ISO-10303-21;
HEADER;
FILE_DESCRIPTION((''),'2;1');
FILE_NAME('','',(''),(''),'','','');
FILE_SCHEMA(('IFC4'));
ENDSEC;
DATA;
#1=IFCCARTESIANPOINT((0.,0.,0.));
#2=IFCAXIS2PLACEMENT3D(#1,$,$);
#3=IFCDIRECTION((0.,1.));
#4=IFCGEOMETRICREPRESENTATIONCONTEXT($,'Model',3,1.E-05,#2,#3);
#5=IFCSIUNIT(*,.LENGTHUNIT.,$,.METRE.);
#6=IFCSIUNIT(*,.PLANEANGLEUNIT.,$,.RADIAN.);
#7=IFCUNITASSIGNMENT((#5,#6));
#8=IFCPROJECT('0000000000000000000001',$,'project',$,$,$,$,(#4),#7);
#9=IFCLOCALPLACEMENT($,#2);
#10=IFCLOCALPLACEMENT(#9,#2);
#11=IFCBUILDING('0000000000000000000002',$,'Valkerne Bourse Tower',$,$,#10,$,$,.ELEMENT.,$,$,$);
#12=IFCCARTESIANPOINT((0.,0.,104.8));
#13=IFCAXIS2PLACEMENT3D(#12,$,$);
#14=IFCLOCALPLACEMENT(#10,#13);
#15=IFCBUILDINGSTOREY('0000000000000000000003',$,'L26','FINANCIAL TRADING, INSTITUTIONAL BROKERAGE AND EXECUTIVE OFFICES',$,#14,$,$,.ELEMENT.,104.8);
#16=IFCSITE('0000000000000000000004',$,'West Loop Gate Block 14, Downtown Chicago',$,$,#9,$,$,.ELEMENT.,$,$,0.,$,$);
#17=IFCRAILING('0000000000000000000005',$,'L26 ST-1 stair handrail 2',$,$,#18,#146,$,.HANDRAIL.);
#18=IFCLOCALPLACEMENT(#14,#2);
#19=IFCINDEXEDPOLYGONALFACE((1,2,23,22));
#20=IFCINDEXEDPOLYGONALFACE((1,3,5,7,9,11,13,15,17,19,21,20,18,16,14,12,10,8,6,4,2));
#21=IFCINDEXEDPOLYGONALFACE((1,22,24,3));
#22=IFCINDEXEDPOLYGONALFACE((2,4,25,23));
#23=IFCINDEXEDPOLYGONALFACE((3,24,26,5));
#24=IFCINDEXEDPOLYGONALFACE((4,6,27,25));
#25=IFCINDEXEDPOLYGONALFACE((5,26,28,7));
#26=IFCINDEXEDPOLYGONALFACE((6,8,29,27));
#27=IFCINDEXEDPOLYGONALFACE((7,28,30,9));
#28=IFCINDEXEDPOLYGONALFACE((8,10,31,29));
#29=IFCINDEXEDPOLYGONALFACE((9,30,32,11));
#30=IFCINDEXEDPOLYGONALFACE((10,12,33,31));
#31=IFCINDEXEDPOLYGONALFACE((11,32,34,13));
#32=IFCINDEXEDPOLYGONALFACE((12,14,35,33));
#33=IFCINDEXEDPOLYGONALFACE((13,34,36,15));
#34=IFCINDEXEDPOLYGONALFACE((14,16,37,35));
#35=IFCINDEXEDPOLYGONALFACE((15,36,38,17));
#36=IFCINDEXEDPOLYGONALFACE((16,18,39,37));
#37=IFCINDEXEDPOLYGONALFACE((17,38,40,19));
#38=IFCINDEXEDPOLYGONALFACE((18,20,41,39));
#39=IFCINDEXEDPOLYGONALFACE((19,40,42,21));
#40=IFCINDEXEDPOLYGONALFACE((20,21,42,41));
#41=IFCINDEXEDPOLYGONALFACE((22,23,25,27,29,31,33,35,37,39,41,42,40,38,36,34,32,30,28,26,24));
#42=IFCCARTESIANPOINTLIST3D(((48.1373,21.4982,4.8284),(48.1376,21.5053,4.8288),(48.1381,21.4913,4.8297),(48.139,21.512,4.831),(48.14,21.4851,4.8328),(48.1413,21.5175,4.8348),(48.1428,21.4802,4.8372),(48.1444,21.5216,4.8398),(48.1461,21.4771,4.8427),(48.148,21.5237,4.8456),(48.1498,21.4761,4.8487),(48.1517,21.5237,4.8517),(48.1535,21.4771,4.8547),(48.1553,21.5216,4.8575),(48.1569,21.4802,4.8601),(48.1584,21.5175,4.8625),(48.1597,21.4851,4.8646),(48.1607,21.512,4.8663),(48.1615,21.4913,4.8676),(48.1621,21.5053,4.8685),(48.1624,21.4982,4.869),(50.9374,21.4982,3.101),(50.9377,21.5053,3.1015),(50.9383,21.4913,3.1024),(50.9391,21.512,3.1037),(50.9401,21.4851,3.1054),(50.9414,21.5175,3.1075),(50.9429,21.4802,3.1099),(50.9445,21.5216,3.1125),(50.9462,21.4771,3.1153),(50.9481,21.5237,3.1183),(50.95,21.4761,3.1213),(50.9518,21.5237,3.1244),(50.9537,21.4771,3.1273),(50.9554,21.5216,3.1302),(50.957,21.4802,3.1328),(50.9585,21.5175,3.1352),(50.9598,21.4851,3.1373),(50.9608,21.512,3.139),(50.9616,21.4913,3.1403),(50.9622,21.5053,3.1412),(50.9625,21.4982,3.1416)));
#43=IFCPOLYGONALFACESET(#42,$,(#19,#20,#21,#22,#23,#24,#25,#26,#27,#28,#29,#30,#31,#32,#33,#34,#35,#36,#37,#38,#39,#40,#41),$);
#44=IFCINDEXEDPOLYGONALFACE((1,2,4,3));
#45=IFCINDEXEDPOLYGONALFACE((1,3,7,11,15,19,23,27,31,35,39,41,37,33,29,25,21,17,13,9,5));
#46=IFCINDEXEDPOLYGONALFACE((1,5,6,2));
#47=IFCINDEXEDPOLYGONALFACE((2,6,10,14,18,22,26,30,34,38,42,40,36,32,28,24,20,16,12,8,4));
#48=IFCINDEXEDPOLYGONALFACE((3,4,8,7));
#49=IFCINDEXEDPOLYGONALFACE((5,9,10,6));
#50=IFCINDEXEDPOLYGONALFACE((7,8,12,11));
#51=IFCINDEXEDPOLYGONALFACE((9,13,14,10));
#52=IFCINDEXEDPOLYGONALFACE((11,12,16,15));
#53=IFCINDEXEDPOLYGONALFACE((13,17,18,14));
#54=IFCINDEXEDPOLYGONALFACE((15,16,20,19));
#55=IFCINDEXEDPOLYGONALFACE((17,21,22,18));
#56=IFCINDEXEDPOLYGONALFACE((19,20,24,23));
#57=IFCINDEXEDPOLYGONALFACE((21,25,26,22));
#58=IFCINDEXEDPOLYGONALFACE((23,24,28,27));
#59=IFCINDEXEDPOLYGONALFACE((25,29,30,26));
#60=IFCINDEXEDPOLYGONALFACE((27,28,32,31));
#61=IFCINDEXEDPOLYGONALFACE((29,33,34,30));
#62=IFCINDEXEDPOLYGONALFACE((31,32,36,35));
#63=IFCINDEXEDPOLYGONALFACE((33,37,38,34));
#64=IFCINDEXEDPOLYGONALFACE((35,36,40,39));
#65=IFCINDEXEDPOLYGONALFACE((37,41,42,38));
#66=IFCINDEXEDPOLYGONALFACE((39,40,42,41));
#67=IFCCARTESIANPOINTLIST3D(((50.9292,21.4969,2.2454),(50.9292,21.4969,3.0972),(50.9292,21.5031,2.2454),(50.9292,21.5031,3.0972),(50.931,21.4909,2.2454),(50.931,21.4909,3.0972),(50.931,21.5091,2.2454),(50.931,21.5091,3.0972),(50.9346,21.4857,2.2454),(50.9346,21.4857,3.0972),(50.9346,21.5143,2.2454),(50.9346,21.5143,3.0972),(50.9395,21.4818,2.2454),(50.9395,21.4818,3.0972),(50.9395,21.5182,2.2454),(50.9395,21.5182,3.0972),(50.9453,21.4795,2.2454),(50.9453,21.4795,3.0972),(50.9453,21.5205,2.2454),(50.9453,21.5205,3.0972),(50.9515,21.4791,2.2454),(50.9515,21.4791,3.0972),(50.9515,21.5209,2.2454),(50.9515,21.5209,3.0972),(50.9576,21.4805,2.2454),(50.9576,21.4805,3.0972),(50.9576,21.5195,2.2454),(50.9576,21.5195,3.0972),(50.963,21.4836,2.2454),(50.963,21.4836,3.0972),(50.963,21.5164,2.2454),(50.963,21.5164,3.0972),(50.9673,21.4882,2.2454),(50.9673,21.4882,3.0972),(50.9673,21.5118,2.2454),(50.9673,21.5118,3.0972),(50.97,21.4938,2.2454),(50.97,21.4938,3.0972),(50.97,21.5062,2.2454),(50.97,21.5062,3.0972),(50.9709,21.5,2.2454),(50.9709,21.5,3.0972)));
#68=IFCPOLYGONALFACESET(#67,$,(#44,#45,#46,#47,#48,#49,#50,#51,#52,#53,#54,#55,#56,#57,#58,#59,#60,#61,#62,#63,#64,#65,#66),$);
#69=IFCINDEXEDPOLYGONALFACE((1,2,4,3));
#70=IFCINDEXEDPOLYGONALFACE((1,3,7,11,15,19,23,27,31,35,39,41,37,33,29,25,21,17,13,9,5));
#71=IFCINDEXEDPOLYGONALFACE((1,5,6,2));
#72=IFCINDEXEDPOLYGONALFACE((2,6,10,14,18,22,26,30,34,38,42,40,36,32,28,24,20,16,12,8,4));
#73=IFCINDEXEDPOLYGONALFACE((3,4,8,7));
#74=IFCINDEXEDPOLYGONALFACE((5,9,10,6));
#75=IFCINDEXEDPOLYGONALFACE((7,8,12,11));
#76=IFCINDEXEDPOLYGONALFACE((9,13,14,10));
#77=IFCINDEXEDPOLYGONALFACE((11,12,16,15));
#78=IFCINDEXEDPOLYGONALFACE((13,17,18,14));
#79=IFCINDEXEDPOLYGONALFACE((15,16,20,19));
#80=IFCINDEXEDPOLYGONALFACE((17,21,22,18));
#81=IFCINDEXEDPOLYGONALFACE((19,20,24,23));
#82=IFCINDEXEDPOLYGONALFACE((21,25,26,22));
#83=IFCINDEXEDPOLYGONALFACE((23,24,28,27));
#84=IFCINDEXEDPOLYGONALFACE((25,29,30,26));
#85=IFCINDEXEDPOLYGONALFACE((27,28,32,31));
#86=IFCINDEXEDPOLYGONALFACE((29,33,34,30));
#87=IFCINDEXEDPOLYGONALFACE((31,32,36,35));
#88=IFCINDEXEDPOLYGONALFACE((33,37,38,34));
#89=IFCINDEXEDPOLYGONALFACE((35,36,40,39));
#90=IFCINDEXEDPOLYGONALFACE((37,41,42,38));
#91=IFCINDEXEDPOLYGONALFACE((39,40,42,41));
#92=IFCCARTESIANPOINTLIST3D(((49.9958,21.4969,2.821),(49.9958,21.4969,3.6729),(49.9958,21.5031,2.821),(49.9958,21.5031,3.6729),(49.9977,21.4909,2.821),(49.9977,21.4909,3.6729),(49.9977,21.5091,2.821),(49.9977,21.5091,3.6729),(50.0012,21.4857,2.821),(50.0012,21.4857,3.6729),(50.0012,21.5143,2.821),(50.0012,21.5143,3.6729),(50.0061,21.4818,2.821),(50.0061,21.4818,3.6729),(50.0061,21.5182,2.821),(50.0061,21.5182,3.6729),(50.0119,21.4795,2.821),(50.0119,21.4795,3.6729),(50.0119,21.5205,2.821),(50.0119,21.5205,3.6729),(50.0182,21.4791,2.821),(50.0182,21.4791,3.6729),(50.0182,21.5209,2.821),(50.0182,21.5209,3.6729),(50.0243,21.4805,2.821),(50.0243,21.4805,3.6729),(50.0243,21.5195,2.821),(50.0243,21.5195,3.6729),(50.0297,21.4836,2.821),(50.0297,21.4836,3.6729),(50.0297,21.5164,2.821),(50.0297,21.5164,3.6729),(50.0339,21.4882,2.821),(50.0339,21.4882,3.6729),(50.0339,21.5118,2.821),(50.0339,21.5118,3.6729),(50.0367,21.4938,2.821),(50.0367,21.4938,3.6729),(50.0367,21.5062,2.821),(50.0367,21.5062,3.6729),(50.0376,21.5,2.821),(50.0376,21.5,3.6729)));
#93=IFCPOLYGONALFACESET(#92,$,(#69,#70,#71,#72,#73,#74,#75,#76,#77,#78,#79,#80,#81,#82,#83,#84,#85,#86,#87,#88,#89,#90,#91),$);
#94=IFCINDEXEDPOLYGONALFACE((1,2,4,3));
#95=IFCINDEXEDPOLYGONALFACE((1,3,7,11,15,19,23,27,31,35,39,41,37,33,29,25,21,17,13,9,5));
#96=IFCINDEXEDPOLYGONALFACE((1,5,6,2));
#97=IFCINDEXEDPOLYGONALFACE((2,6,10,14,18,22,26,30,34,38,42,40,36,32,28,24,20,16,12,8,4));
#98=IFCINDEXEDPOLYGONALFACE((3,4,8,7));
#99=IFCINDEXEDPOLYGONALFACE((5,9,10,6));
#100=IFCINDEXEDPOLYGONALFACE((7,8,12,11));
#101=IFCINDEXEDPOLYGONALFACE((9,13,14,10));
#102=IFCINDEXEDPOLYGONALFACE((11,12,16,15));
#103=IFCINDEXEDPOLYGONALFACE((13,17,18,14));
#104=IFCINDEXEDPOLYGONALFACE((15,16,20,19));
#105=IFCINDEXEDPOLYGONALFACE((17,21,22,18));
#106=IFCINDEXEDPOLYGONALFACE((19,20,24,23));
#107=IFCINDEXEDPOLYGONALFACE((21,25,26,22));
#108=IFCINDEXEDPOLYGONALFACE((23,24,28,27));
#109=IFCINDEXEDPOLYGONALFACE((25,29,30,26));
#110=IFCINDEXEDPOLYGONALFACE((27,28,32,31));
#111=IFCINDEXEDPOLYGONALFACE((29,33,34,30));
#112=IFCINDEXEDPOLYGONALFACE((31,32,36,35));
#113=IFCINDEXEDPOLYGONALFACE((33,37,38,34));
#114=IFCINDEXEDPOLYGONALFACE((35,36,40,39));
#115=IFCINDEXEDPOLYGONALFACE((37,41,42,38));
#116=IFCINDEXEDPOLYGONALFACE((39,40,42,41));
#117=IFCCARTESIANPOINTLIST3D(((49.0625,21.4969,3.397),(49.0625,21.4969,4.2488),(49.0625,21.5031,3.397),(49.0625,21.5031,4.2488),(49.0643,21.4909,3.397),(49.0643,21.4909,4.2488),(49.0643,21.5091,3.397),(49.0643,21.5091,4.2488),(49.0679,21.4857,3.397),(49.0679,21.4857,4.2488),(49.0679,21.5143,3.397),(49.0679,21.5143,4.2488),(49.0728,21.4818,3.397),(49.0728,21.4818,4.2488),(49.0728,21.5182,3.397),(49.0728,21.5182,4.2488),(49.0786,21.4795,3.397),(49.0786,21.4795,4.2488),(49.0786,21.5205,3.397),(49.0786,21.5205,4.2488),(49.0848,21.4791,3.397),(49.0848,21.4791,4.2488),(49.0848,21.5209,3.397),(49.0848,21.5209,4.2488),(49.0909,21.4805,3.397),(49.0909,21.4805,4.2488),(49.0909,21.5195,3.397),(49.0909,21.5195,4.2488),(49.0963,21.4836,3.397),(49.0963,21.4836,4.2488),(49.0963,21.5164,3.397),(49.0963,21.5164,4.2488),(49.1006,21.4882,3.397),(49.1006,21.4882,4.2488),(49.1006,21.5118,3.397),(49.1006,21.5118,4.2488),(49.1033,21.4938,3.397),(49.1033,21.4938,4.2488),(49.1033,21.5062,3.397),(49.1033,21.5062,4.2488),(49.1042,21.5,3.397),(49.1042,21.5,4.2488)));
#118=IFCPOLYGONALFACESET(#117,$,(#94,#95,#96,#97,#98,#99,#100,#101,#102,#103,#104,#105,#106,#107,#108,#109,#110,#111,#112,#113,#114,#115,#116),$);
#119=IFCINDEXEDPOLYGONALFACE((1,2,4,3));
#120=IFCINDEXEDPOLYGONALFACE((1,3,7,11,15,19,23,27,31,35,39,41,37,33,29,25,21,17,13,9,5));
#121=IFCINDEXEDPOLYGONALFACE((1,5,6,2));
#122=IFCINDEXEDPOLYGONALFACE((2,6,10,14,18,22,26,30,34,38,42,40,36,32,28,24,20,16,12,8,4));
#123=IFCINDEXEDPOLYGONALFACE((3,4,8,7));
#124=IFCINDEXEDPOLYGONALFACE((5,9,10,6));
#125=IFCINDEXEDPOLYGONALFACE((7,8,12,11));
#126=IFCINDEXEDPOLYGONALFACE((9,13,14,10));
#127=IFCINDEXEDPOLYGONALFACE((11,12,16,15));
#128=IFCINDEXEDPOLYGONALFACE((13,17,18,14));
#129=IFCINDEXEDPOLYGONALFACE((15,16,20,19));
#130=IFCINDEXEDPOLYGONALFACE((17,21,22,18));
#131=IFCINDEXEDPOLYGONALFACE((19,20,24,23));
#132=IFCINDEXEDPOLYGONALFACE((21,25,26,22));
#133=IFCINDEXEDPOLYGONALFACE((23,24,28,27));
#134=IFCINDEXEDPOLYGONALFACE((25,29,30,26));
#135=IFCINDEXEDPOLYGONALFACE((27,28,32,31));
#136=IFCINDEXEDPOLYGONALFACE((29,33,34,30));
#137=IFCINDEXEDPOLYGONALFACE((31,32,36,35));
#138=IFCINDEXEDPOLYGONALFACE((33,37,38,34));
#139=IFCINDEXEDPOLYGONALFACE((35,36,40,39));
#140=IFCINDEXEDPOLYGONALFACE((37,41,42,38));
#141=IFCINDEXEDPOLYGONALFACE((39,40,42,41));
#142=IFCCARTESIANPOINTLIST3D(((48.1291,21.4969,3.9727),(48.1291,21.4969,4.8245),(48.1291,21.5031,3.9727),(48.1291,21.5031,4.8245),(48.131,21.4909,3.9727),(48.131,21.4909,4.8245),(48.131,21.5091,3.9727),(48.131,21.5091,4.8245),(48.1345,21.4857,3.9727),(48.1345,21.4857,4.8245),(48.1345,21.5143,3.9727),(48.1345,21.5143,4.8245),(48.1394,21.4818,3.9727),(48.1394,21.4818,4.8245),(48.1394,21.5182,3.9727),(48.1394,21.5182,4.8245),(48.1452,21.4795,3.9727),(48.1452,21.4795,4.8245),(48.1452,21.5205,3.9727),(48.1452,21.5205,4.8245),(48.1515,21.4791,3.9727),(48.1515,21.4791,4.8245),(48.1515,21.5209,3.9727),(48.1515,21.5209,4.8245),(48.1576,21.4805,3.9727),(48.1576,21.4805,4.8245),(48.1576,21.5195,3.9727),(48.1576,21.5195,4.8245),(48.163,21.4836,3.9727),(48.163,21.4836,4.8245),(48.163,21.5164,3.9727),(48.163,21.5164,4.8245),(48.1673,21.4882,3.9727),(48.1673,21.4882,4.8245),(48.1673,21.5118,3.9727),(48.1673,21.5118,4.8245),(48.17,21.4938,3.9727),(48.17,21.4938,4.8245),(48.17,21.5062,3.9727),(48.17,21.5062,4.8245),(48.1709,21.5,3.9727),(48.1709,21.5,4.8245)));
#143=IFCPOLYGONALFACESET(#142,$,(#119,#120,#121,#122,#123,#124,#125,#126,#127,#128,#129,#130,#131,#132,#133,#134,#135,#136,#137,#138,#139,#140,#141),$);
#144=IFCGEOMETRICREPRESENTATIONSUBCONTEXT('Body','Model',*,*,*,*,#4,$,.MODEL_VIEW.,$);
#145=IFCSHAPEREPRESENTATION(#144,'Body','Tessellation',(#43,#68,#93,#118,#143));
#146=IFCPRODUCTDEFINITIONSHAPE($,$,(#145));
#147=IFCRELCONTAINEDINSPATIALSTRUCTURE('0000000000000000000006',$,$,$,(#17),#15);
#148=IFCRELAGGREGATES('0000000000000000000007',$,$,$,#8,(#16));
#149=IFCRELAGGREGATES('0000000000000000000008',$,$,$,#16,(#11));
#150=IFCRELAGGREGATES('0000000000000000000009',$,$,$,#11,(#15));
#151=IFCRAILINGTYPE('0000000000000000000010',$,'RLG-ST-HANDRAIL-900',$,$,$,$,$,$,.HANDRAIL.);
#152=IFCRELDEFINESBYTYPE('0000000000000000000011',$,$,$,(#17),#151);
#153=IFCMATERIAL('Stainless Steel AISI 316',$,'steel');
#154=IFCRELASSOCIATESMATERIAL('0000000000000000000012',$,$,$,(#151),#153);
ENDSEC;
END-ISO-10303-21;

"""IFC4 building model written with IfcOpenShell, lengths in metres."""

from ifc_helpers import new_model, si_unit, direction, frame, origin, origin_2d, place, context, subcontext, project, spatial, circle, extrude, material, type_object, element, save


model = new_model("IFC4")

# Units and contexts
model_context = context("Model", 3, precision=1e-05, world=origin(), true_north=direction((0.0, 1.0)))
body_context = subcontext(model_context, "Body", "Model", "MODEL_VIEW")
ifc_project = project(units=[si_unit("LENGTHUNIT", "METRE"), si_unit("PLANEANGLEUNIT", "RADIAN")], contexts=[model_context])

# Site, building, storey
site_placement = place(None, origin())
site = spatial("IfcSite", under=ifc_project, at=site_placement, Name="West Loop Gate Block 14, Downtown Chicago", CompositionType="ELEMENT", RefElevation=0.0)
building_placement = place(site_placement, origin())
building = spatial("IfcBuilding", under=site, at=building_placement, Name="Valkerne Bourse Tower", CompositionType="ELEMENT")
storey_placement = place(building_placement, frame((0.0, 0.0, 104.8)))
storey = spatial("IfcBuildingStorey", under=building, at=storey_placement, Name="L26", Description="FINANCIAL TRADING, INSTITUTIONAL BROKERAGE AND EXECUTIVE OFFICES", CompositionType="ELEMENT", Elevation=104.8)

# Shared definitions
ifc_material_1 = material(Name="Stainless Steel AISI 316", Category="steel")

# Railing
railing_type_1 = type_object("IfcRailingType", Name="RLG-ST-HANDRAIL-900", PredefinedType="HANDRAIL", material=ifc_material_1)
railing_1_placement = place(storey_placement, frame((50.95, 21.5, 2.2454)))
element("IfcRailing", 1, at=railing_1_placement, inside=storey, type_object=railing_type_1, Name="L26 ST-1 stair handrail 2", PredefinedType="HANDRAIL", context=body_context, shape_type="SweptSolid", body=[
    extrude(circle(Radius=0.0239, at=origin_2d()), frame((0.0, 0.0, 0.876), z_axis=(-0.85109, 0.0, 0.52502), x_axis=(0.0, -1.0, 0.0)), (0.0, 0.0, 1.0), 3.29),
    extrude(circle(Radius=0.021, at=origin_2d()), origin(), (0.0, 0.0, 1.0), 0.8518),
    extrude(circle(Radius=0.021, at=origin_2d()), frame((-0.9333, 0.0, 0.5757)), (0.0, 0.0, 1.0), 0.8518),
    extrude(circle(Radius=0.021, at=origin_2d()), frame((-1.8667, 0.0, 1.1516)), (0.0, 0.0, 1.0), 0.8518),
    extrude(circle(Radius=0.021, at=origin_2d()), frame((-2.8, 0.0, 1.7273)), (0.0, 0.0, 1.0), 0.8518),
])

save(model, "model.ifc")
